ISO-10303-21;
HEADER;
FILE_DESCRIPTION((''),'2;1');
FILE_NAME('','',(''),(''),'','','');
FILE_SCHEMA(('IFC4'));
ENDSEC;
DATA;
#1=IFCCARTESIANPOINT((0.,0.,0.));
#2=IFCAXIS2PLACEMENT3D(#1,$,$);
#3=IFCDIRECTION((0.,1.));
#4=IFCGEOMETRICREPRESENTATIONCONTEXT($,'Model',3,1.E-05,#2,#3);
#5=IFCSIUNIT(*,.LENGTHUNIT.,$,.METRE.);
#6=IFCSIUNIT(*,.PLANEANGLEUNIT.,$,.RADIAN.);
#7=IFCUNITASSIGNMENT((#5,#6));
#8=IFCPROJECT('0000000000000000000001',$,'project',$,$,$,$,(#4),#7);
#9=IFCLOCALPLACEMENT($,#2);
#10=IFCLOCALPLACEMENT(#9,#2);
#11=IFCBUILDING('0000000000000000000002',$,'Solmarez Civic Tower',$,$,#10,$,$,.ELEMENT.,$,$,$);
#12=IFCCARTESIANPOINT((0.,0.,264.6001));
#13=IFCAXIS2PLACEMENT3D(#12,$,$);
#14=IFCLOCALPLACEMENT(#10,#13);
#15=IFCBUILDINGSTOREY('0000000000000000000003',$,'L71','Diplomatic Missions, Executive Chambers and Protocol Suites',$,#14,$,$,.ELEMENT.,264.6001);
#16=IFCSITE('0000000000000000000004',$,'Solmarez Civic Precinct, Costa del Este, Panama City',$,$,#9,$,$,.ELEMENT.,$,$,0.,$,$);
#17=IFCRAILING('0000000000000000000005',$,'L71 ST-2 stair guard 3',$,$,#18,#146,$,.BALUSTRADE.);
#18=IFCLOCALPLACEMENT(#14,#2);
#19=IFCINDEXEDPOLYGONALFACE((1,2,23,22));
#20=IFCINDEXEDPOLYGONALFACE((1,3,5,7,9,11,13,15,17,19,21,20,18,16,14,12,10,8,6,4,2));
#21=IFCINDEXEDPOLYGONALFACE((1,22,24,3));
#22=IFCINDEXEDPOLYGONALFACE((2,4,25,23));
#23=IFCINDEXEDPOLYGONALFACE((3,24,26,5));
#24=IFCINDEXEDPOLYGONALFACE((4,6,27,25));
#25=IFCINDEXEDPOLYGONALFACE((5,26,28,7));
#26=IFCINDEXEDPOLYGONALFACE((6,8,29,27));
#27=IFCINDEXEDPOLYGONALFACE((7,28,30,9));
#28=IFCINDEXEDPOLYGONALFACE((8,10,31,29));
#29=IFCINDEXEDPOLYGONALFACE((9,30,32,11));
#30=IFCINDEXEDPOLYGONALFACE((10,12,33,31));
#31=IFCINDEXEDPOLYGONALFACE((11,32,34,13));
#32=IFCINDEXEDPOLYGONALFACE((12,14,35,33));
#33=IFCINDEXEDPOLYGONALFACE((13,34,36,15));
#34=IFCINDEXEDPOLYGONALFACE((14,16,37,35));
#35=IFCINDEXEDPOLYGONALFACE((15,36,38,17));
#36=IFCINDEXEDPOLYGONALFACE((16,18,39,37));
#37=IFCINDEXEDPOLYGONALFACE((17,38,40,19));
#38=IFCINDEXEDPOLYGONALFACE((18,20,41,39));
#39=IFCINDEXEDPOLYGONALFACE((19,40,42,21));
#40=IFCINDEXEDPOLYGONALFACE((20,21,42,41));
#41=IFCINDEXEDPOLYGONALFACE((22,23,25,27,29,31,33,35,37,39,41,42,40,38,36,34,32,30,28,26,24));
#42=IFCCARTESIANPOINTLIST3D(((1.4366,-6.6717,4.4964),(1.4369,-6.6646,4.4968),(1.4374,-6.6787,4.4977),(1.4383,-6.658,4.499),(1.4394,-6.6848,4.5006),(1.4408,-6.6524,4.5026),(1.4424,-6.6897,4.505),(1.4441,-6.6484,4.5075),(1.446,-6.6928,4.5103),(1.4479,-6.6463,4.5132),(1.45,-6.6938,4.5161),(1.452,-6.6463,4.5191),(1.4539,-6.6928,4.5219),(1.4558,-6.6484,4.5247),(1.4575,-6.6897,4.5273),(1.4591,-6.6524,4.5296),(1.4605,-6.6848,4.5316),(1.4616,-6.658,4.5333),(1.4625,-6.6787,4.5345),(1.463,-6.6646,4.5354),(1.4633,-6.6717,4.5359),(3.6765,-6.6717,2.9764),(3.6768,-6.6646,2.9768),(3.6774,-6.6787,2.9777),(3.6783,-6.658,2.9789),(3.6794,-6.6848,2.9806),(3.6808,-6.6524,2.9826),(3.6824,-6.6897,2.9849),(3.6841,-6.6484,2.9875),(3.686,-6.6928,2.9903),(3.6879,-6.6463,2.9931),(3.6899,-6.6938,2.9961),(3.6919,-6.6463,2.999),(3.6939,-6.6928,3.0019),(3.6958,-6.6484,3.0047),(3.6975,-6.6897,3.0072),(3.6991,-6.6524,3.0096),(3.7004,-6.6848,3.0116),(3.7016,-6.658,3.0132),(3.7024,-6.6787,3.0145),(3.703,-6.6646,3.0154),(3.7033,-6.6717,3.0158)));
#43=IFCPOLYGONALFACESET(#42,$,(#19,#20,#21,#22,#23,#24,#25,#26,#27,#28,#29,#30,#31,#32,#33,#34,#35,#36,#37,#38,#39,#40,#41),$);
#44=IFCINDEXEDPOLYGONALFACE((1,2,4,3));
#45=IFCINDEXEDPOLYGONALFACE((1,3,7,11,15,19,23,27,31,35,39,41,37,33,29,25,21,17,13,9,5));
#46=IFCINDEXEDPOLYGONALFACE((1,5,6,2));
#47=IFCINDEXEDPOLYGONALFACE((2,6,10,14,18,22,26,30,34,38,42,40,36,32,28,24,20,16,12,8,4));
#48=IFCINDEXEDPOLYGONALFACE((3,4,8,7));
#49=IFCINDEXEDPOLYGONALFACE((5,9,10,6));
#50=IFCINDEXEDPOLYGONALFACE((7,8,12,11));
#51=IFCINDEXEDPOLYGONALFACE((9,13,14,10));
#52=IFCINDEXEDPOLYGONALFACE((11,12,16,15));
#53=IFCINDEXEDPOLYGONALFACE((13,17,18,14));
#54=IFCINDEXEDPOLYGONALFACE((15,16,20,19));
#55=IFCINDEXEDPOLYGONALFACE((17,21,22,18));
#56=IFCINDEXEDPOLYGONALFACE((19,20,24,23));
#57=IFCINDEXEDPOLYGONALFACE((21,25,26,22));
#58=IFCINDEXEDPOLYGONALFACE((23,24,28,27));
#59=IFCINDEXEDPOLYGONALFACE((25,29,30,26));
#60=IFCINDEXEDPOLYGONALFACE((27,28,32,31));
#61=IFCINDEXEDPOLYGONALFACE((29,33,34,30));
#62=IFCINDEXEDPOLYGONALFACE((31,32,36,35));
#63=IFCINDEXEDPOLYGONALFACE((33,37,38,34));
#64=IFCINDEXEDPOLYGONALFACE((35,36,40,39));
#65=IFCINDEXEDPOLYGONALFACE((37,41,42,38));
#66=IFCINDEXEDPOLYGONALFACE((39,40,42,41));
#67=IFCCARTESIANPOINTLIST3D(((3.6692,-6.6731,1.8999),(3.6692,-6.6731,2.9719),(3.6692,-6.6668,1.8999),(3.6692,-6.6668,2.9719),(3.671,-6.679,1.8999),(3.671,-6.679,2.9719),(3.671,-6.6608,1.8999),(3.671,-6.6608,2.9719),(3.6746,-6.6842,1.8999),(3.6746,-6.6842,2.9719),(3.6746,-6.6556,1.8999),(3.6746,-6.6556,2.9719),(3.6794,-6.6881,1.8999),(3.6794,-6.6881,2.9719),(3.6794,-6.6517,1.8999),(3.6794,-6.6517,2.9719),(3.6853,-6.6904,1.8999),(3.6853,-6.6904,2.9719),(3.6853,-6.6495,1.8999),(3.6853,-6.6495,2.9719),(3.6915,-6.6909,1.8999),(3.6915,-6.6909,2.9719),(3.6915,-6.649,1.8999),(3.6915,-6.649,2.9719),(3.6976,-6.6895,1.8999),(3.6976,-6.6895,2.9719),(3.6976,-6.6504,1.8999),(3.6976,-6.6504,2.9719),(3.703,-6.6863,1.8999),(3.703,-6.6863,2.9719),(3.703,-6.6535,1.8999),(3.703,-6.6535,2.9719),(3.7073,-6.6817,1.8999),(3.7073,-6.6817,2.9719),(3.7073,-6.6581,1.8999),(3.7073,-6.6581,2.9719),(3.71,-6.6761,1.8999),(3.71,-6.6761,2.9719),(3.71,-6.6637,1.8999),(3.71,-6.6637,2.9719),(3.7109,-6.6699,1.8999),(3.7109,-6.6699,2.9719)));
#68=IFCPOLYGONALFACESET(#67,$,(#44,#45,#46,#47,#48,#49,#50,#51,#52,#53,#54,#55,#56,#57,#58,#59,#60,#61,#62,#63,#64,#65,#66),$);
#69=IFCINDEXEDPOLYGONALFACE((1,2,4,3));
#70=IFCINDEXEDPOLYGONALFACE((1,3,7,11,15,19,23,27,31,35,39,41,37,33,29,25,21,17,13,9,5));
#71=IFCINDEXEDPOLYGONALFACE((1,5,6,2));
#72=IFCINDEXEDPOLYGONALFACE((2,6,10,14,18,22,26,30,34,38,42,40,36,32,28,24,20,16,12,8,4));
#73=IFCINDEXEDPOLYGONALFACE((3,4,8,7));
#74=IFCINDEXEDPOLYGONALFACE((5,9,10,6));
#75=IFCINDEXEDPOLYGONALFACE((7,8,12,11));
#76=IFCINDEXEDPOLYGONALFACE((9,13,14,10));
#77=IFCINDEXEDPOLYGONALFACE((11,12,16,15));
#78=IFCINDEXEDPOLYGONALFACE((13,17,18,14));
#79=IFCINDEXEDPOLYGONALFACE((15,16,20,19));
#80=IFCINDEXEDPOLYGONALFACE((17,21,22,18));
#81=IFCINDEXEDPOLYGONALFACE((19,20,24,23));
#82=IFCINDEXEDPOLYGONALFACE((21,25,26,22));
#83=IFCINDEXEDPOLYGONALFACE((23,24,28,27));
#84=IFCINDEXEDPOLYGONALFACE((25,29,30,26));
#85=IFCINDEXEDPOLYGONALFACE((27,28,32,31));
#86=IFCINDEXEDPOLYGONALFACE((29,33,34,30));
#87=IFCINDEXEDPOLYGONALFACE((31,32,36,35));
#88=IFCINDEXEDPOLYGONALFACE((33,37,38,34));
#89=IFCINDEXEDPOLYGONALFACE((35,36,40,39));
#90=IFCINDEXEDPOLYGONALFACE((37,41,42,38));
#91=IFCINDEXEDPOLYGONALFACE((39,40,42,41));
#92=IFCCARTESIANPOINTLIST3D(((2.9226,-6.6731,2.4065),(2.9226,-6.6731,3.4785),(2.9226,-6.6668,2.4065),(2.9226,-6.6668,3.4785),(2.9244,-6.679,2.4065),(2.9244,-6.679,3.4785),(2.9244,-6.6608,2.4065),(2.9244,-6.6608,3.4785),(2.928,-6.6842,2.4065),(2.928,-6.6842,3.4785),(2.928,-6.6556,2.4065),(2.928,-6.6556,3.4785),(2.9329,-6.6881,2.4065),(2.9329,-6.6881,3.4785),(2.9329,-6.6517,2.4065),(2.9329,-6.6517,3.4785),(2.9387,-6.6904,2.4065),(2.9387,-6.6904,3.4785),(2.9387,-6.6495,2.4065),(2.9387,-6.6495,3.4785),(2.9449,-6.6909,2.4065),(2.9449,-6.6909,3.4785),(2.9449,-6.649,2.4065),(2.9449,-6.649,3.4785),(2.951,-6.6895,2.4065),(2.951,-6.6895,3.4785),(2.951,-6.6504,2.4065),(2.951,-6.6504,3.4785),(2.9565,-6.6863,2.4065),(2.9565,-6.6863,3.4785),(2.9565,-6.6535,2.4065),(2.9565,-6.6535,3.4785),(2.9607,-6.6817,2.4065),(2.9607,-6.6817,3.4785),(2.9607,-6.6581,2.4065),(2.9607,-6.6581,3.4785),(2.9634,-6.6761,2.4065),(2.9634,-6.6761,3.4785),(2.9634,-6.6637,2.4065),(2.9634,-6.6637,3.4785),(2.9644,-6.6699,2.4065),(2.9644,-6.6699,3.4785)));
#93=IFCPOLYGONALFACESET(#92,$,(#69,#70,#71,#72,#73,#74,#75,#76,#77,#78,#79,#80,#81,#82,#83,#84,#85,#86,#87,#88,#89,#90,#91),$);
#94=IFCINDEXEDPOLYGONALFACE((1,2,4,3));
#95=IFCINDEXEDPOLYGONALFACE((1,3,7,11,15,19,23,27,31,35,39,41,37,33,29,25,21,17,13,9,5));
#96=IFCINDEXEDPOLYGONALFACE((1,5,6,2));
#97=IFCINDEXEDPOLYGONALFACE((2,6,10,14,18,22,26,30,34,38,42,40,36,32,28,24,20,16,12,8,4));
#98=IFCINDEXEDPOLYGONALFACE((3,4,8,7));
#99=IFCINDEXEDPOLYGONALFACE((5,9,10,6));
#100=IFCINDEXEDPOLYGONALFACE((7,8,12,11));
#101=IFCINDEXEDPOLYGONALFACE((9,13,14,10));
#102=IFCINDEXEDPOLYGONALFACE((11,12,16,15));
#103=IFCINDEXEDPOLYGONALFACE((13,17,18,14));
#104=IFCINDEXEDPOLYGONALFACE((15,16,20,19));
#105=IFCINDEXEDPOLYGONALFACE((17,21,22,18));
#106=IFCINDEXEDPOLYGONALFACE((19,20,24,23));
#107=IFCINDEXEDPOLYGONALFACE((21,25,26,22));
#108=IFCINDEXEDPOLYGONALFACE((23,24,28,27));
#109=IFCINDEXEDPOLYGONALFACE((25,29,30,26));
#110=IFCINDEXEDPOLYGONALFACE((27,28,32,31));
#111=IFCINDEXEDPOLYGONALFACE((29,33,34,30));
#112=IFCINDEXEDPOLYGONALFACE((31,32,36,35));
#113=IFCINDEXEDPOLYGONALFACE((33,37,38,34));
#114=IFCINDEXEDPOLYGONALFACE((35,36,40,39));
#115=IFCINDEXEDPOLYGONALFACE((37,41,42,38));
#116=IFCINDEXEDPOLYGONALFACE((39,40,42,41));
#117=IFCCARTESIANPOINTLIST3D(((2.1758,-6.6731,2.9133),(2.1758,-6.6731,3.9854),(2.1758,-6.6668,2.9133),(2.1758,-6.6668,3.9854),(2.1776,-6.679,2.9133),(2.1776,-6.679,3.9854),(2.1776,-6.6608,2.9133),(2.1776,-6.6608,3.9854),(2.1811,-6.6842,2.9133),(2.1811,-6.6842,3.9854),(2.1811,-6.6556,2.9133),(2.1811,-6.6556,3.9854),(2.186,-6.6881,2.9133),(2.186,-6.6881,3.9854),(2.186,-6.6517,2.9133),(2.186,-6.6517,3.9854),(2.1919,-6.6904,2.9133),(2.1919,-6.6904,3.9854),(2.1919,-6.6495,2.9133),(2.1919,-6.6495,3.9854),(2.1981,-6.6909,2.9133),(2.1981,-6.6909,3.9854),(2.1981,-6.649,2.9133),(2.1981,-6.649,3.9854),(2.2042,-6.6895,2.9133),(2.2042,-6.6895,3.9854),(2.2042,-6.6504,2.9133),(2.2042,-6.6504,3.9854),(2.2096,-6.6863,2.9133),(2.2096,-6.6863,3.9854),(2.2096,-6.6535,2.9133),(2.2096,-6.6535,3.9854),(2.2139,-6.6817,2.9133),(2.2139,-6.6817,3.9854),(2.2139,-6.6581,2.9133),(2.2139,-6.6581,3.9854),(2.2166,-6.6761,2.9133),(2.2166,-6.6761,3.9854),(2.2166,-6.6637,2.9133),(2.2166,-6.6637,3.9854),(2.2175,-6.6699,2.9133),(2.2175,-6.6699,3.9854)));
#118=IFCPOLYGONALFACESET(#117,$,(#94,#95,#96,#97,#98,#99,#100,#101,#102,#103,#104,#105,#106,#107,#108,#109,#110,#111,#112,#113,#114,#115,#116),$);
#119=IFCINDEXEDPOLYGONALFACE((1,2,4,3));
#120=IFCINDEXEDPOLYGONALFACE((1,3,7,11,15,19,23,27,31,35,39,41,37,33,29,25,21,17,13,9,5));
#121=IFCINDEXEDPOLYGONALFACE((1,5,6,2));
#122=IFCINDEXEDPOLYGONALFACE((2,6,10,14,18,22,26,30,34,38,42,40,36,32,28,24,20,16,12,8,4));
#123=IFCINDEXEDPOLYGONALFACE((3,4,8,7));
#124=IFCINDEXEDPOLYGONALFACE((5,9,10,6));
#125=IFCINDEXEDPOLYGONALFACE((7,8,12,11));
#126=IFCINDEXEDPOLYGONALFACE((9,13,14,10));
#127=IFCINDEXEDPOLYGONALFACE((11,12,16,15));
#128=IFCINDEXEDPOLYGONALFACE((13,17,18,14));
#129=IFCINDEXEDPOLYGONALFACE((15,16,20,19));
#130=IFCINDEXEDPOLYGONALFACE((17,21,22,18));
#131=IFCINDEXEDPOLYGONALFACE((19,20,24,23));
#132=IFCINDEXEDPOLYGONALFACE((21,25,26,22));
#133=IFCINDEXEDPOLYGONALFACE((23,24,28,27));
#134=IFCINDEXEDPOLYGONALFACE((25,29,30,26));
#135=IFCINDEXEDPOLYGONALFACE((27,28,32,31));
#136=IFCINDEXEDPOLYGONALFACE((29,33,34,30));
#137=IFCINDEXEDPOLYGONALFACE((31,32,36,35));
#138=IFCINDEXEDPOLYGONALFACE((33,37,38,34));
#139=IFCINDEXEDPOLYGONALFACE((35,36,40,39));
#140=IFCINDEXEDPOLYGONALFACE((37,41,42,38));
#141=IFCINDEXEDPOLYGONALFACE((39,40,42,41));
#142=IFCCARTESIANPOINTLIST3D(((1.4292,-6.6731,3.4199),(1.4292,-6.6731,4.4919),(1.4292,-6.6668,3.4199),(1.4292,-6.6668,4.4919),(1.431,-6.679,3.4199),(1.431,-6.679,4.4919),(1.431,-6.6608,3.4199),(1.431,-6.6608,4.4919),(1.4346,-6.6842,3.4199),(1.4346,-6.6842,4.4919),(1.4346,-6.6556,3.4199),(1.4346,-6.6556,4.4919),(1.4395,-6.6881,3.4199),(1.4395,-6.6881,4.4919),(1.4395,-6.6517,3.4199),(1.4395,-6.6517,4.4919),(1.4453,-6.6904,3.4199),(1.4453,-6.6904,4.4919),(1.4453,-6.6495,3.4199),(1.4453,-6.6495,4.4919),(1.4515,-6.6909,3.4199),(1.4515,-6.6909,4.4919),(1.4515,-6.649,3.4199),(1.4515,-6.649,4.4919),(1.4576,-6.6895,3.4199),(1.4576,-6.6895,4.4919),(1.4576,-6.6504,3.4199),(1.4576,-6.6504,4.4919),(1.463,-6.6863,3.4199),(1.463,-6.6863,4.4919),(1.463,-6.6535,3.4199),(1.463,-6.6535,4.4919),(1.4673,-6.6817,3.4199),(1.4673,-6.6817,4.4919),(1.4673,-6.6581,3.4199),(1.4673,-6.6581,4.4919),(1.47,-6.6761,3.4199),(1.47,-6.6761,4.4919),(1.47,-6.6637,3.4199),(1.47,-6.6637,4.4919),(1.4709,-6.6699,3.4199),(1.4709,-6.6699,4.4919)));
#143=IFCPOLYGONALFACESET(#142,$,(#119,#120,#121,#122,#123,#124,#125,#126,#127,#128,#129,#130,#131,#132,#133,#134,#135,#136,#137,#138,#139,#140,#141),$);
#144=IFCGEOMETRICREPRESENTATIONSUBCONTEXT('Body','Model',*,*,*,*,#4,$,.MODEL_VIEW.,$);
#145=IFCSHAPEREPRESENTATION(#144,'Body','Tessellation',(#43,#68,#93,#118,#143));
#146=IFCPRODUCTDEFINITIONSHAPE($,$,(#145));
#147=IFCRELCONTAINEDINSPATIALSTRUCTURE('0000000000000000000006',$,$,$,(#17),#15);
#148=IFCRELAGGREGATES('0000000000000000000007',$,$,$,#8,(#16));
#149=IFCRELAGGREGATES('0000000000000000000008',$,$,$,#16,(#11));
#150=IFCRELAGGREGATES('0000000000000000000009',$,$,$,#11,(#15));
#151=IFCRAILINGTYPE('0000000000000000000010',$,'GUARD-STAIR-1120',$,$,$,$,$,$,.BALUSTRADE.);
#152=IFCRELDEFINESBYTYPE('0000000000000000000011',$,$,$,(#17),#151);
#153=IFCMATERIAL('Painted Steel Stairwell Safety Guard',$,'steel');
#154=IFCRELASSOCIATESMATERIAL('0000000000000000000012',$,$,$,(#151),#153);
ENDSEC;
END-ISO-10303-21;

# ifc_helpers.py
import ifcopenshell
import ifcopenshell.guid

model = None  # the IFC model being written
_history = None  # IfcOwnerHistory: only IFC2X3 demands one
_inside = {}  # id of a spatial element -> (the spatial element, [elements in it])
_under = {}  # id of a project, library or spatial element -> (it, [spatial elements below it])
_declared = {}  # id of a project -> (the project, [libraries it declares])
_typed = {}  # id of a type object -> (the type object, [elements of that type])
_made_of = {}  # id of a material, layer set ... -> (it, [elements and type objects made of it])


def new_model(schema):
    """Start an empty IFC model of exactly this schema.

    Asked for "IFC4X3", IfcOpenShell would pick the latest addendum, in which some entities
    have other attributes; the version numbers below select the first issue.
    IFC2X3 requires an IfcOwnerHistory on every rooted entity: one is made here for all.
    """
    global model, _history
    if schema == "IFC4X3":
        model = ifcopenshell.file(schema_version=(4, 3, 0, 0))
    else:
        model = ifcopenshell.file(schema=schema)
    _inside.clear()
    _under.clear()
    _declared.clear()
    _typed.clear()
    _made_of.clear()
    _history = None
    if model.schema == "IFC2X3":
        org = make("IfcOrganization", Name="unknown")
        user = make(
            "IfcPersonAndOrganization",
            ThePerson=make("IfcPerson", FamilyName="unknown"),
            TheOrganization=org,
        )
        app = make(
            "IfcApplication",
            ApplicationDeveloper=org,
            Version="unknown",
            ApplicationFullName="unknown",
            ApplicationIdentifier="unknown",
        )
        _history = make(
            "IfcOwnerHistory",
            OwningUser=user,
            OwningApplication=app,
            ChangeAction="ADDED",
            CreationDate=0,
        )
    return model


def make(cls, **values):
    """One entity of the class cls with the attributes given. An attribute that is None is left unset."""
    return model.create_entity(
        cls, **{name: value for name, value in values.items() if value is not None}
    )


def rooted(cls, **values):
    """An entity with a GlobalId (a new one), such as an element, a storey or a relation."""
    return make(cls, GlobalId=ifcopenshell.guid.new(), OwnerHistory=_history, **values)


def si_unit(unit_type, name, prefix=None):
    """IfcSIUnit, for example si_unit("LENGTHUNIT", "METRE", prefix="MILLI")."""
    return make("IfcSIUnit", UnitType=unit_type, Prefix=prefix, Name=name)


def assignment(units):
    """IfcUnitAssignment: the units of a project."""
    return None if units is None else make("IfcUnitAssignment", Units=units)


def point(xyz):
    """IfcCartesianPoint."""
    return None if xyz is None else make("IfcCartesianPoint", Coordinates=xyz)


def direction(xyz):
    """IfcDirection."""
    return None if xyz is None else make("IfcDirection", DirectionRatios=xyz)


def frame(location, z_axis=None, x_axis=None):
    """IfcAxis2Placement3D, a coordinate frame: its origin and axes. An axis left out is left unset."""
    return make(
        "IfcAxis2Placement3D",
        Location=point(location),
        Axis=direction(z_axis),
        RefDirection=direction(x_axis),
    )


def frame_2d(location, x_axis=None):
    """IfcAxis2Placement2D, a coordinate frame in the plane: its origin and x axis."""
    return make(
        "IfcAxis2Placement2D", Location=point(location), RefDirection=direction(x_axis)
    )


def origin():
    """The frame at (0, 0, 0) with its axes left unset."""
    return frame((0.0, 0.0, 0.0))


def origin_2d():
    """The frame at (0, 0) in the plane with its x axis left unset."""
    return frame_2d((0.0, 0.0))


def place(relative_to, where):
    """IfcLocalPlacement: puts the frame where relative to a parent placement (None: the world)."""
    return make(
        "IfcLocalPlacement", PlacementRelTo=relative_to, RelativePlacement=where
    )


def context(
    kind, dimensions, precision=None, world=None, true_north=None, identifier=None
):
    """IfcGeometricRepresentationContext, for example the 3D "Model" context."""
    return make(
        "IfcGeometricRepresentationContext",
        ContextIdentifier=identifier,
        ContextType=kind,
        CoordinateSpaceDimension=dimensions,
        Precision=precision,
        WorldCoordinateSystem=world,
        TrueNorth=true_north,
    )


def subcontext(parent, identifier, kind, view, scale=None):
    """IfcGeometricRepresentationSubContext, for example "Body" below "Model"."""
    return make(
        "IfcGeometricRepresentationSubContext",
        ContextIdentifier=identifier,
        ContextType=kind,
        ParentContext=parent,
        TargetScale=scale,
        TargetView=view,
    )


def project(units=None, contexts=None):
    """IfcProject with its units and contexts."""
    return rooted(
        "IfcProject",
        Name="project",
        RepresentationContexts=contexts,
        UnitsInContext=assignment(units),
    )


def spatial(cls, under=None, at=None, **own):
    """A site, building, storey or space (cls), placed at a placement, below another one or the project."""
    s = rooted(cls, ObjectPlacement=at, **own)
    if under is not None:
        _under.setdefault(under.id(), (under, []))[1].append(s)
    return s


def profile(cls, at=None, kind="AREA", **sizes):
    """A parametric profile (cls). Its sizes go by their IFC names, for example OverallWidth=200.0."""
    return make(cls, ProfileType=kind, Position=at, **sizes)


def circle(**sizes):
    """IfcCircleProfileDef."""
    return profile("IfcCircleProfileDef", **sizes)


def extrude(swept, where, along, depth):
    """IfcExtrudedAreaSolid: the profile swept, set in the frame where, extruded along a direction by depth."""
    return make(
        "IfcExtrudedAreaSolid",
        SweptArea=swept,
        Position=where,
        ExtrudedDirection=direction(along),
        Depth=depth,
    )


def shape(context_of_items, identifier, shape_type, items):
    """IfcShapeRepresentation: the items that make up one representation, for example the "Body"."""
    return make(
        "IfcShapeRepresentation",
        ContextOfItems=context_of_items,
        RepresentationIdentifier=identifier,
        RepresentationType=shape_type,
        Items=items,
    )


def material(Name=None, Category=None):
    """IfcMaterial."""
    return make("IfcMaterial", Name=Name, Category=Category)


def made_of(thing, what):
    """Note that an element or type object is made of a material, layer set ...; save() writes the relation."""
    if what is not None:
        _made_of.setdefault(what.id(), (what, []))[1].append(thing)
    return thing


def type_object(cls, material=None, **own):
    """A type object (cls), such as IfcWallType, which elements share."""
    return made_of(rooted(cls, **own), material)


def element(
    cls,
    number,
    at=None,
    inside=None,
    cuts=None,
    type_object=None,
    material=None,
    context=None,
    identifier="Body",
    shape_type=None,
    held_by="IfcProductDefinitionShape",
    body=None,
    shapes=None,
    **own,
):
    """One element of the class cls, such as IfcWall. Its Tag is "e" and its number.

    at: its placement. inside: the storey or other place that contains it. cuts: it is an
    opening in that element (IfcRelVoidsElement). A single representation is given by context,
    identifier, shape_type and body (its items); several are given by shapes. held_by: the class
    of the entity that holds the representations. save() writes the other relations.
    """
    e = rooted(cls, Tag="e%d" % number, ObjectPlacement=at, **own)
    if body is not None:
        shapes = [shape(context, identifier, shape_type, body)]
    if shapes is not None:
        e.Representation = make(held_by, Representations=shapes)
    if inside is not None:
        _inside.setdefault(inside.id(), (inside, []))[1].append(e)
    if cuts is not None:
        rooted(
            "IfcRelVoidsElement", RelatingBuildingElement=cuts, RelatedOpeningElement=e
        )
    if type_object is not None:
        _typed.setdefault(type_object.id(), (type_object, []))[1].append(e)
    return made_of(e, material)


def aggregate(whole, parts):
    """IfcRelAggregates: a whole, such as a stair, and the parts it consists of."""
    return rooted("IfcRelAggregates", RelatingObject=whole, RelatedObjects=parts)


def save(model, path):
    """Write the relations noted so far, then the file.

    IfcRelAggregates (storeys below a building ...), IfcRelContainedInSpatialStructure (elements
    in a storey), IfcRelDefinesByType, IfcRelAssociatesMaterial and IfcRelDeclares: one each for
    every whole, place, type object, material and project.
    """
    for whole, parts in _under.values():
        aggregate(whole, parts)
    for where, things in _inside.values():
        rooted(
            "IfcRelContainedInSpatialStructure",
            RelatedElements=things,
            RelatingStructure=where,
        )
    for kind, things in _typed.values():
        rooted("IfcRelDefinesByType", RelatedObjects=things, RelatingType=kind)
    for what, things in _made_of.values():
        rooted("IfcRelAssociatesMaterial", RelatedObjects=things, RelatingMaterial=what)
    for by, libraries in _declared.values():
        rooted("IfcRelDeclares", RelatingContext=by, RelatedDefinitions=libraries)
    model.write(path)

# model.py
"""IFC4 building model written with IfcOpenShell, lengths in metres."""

from ifc_helpers import new_model, si_unit, direction, frame, origin, origin_2d, place, context, subcontext, project, spatial, circle, extrude, material, type_object, element, save


model = new_model("IFC4")

# Units and contexts
model_context = context("Model", 3, precision=1e-05, world=origin(), true_north=direction((0.0, 1.0)))
body_context = subcontext(model_context, "Body", "Model", "MODEL_VIEW")
ifc_project = project(units=[si_unit("LENGTHUNIT", "METRE"), si_unit("PLANEANGLEUNIT", "RADIAN")], contexts=[model_context])

# Site, building, storey
site_placement = place(None, origin())
site = spatial("IfcSite", under=ifc_project, at=site_placement, Name="Solmarez Civic Precinct, Costa del Este, Panama City", CompositionType="ELEMENT", RefElevation=0.0)
building_placement = place(site_placement, origin())
building = spatial("IfcBuilding", under=site, at=building_placement, Name="Solmarez Civic Tower", CompositionType="ELEMENT")
storey_placement = place(building_placement, frame((0.0, 0.0, 264.6001)))
storey = spatial("IfcBuildingStorey", under=building, at=storey_placement, Name="L71", Description="Diplomatic Missions, Executive Chambers and Protocol Suites", CompositionType="ELEMENT", Elevation=264.6001)

# Railing
ifc_material_1 = material(Name="Painted Steel Stairwell Safety Guard", Category="steel")
railing_type_1 = type_object("IfcRailingType", Name="GUARD-STAIR-1120", PredefinedType="BALUSTRADE", material=ifc_material_1)
railing_1_placement = place(storey_placement, frame((3.6899, -6.6699, 1.8999)))
element("IfcRailing", 1, at=railing_1_placement, inside=storey, type_object=railing_type_1, Name="L71 ST-2 stair guard 3", PredefinedType="BALUSTRADE", context=body_context, shape_type="SweptSolid", body=[
    extrude(circle(Radius=0.0239, at=origin_2d()), frame((0.0, 0.0, 1.0962), z_axis=(-0.827471, 0.0, 0.561508), x_axis=(0.0, -1.0, 0.0)), (0.0, 0.0, 1.0), 2.707),
    extrude(circle(Radius=0.021, at=origin_2d()), origin(), (0.0, 0.0, 1.0), 1.072),
    extrude(circle(Radius=0.021, at=origin_2d()), frame((-0.7466, 0.0, 0.5066)), (0.0, 0.0, 1.0), 1.072),
    extrude(circle(Radius=0.021, at=origin_2d()), frame((-1.4934, 0.0, 1.0134)), (0.0, 0.0, 1.0), 1.072),
    extrude(circle(Radius=0.021, at=origin_2d()), frame((-2.24, 0.0, 1.52)), (0.0, 0.0, 1.0), 1.072),
])

save(model, "model.ifc")
